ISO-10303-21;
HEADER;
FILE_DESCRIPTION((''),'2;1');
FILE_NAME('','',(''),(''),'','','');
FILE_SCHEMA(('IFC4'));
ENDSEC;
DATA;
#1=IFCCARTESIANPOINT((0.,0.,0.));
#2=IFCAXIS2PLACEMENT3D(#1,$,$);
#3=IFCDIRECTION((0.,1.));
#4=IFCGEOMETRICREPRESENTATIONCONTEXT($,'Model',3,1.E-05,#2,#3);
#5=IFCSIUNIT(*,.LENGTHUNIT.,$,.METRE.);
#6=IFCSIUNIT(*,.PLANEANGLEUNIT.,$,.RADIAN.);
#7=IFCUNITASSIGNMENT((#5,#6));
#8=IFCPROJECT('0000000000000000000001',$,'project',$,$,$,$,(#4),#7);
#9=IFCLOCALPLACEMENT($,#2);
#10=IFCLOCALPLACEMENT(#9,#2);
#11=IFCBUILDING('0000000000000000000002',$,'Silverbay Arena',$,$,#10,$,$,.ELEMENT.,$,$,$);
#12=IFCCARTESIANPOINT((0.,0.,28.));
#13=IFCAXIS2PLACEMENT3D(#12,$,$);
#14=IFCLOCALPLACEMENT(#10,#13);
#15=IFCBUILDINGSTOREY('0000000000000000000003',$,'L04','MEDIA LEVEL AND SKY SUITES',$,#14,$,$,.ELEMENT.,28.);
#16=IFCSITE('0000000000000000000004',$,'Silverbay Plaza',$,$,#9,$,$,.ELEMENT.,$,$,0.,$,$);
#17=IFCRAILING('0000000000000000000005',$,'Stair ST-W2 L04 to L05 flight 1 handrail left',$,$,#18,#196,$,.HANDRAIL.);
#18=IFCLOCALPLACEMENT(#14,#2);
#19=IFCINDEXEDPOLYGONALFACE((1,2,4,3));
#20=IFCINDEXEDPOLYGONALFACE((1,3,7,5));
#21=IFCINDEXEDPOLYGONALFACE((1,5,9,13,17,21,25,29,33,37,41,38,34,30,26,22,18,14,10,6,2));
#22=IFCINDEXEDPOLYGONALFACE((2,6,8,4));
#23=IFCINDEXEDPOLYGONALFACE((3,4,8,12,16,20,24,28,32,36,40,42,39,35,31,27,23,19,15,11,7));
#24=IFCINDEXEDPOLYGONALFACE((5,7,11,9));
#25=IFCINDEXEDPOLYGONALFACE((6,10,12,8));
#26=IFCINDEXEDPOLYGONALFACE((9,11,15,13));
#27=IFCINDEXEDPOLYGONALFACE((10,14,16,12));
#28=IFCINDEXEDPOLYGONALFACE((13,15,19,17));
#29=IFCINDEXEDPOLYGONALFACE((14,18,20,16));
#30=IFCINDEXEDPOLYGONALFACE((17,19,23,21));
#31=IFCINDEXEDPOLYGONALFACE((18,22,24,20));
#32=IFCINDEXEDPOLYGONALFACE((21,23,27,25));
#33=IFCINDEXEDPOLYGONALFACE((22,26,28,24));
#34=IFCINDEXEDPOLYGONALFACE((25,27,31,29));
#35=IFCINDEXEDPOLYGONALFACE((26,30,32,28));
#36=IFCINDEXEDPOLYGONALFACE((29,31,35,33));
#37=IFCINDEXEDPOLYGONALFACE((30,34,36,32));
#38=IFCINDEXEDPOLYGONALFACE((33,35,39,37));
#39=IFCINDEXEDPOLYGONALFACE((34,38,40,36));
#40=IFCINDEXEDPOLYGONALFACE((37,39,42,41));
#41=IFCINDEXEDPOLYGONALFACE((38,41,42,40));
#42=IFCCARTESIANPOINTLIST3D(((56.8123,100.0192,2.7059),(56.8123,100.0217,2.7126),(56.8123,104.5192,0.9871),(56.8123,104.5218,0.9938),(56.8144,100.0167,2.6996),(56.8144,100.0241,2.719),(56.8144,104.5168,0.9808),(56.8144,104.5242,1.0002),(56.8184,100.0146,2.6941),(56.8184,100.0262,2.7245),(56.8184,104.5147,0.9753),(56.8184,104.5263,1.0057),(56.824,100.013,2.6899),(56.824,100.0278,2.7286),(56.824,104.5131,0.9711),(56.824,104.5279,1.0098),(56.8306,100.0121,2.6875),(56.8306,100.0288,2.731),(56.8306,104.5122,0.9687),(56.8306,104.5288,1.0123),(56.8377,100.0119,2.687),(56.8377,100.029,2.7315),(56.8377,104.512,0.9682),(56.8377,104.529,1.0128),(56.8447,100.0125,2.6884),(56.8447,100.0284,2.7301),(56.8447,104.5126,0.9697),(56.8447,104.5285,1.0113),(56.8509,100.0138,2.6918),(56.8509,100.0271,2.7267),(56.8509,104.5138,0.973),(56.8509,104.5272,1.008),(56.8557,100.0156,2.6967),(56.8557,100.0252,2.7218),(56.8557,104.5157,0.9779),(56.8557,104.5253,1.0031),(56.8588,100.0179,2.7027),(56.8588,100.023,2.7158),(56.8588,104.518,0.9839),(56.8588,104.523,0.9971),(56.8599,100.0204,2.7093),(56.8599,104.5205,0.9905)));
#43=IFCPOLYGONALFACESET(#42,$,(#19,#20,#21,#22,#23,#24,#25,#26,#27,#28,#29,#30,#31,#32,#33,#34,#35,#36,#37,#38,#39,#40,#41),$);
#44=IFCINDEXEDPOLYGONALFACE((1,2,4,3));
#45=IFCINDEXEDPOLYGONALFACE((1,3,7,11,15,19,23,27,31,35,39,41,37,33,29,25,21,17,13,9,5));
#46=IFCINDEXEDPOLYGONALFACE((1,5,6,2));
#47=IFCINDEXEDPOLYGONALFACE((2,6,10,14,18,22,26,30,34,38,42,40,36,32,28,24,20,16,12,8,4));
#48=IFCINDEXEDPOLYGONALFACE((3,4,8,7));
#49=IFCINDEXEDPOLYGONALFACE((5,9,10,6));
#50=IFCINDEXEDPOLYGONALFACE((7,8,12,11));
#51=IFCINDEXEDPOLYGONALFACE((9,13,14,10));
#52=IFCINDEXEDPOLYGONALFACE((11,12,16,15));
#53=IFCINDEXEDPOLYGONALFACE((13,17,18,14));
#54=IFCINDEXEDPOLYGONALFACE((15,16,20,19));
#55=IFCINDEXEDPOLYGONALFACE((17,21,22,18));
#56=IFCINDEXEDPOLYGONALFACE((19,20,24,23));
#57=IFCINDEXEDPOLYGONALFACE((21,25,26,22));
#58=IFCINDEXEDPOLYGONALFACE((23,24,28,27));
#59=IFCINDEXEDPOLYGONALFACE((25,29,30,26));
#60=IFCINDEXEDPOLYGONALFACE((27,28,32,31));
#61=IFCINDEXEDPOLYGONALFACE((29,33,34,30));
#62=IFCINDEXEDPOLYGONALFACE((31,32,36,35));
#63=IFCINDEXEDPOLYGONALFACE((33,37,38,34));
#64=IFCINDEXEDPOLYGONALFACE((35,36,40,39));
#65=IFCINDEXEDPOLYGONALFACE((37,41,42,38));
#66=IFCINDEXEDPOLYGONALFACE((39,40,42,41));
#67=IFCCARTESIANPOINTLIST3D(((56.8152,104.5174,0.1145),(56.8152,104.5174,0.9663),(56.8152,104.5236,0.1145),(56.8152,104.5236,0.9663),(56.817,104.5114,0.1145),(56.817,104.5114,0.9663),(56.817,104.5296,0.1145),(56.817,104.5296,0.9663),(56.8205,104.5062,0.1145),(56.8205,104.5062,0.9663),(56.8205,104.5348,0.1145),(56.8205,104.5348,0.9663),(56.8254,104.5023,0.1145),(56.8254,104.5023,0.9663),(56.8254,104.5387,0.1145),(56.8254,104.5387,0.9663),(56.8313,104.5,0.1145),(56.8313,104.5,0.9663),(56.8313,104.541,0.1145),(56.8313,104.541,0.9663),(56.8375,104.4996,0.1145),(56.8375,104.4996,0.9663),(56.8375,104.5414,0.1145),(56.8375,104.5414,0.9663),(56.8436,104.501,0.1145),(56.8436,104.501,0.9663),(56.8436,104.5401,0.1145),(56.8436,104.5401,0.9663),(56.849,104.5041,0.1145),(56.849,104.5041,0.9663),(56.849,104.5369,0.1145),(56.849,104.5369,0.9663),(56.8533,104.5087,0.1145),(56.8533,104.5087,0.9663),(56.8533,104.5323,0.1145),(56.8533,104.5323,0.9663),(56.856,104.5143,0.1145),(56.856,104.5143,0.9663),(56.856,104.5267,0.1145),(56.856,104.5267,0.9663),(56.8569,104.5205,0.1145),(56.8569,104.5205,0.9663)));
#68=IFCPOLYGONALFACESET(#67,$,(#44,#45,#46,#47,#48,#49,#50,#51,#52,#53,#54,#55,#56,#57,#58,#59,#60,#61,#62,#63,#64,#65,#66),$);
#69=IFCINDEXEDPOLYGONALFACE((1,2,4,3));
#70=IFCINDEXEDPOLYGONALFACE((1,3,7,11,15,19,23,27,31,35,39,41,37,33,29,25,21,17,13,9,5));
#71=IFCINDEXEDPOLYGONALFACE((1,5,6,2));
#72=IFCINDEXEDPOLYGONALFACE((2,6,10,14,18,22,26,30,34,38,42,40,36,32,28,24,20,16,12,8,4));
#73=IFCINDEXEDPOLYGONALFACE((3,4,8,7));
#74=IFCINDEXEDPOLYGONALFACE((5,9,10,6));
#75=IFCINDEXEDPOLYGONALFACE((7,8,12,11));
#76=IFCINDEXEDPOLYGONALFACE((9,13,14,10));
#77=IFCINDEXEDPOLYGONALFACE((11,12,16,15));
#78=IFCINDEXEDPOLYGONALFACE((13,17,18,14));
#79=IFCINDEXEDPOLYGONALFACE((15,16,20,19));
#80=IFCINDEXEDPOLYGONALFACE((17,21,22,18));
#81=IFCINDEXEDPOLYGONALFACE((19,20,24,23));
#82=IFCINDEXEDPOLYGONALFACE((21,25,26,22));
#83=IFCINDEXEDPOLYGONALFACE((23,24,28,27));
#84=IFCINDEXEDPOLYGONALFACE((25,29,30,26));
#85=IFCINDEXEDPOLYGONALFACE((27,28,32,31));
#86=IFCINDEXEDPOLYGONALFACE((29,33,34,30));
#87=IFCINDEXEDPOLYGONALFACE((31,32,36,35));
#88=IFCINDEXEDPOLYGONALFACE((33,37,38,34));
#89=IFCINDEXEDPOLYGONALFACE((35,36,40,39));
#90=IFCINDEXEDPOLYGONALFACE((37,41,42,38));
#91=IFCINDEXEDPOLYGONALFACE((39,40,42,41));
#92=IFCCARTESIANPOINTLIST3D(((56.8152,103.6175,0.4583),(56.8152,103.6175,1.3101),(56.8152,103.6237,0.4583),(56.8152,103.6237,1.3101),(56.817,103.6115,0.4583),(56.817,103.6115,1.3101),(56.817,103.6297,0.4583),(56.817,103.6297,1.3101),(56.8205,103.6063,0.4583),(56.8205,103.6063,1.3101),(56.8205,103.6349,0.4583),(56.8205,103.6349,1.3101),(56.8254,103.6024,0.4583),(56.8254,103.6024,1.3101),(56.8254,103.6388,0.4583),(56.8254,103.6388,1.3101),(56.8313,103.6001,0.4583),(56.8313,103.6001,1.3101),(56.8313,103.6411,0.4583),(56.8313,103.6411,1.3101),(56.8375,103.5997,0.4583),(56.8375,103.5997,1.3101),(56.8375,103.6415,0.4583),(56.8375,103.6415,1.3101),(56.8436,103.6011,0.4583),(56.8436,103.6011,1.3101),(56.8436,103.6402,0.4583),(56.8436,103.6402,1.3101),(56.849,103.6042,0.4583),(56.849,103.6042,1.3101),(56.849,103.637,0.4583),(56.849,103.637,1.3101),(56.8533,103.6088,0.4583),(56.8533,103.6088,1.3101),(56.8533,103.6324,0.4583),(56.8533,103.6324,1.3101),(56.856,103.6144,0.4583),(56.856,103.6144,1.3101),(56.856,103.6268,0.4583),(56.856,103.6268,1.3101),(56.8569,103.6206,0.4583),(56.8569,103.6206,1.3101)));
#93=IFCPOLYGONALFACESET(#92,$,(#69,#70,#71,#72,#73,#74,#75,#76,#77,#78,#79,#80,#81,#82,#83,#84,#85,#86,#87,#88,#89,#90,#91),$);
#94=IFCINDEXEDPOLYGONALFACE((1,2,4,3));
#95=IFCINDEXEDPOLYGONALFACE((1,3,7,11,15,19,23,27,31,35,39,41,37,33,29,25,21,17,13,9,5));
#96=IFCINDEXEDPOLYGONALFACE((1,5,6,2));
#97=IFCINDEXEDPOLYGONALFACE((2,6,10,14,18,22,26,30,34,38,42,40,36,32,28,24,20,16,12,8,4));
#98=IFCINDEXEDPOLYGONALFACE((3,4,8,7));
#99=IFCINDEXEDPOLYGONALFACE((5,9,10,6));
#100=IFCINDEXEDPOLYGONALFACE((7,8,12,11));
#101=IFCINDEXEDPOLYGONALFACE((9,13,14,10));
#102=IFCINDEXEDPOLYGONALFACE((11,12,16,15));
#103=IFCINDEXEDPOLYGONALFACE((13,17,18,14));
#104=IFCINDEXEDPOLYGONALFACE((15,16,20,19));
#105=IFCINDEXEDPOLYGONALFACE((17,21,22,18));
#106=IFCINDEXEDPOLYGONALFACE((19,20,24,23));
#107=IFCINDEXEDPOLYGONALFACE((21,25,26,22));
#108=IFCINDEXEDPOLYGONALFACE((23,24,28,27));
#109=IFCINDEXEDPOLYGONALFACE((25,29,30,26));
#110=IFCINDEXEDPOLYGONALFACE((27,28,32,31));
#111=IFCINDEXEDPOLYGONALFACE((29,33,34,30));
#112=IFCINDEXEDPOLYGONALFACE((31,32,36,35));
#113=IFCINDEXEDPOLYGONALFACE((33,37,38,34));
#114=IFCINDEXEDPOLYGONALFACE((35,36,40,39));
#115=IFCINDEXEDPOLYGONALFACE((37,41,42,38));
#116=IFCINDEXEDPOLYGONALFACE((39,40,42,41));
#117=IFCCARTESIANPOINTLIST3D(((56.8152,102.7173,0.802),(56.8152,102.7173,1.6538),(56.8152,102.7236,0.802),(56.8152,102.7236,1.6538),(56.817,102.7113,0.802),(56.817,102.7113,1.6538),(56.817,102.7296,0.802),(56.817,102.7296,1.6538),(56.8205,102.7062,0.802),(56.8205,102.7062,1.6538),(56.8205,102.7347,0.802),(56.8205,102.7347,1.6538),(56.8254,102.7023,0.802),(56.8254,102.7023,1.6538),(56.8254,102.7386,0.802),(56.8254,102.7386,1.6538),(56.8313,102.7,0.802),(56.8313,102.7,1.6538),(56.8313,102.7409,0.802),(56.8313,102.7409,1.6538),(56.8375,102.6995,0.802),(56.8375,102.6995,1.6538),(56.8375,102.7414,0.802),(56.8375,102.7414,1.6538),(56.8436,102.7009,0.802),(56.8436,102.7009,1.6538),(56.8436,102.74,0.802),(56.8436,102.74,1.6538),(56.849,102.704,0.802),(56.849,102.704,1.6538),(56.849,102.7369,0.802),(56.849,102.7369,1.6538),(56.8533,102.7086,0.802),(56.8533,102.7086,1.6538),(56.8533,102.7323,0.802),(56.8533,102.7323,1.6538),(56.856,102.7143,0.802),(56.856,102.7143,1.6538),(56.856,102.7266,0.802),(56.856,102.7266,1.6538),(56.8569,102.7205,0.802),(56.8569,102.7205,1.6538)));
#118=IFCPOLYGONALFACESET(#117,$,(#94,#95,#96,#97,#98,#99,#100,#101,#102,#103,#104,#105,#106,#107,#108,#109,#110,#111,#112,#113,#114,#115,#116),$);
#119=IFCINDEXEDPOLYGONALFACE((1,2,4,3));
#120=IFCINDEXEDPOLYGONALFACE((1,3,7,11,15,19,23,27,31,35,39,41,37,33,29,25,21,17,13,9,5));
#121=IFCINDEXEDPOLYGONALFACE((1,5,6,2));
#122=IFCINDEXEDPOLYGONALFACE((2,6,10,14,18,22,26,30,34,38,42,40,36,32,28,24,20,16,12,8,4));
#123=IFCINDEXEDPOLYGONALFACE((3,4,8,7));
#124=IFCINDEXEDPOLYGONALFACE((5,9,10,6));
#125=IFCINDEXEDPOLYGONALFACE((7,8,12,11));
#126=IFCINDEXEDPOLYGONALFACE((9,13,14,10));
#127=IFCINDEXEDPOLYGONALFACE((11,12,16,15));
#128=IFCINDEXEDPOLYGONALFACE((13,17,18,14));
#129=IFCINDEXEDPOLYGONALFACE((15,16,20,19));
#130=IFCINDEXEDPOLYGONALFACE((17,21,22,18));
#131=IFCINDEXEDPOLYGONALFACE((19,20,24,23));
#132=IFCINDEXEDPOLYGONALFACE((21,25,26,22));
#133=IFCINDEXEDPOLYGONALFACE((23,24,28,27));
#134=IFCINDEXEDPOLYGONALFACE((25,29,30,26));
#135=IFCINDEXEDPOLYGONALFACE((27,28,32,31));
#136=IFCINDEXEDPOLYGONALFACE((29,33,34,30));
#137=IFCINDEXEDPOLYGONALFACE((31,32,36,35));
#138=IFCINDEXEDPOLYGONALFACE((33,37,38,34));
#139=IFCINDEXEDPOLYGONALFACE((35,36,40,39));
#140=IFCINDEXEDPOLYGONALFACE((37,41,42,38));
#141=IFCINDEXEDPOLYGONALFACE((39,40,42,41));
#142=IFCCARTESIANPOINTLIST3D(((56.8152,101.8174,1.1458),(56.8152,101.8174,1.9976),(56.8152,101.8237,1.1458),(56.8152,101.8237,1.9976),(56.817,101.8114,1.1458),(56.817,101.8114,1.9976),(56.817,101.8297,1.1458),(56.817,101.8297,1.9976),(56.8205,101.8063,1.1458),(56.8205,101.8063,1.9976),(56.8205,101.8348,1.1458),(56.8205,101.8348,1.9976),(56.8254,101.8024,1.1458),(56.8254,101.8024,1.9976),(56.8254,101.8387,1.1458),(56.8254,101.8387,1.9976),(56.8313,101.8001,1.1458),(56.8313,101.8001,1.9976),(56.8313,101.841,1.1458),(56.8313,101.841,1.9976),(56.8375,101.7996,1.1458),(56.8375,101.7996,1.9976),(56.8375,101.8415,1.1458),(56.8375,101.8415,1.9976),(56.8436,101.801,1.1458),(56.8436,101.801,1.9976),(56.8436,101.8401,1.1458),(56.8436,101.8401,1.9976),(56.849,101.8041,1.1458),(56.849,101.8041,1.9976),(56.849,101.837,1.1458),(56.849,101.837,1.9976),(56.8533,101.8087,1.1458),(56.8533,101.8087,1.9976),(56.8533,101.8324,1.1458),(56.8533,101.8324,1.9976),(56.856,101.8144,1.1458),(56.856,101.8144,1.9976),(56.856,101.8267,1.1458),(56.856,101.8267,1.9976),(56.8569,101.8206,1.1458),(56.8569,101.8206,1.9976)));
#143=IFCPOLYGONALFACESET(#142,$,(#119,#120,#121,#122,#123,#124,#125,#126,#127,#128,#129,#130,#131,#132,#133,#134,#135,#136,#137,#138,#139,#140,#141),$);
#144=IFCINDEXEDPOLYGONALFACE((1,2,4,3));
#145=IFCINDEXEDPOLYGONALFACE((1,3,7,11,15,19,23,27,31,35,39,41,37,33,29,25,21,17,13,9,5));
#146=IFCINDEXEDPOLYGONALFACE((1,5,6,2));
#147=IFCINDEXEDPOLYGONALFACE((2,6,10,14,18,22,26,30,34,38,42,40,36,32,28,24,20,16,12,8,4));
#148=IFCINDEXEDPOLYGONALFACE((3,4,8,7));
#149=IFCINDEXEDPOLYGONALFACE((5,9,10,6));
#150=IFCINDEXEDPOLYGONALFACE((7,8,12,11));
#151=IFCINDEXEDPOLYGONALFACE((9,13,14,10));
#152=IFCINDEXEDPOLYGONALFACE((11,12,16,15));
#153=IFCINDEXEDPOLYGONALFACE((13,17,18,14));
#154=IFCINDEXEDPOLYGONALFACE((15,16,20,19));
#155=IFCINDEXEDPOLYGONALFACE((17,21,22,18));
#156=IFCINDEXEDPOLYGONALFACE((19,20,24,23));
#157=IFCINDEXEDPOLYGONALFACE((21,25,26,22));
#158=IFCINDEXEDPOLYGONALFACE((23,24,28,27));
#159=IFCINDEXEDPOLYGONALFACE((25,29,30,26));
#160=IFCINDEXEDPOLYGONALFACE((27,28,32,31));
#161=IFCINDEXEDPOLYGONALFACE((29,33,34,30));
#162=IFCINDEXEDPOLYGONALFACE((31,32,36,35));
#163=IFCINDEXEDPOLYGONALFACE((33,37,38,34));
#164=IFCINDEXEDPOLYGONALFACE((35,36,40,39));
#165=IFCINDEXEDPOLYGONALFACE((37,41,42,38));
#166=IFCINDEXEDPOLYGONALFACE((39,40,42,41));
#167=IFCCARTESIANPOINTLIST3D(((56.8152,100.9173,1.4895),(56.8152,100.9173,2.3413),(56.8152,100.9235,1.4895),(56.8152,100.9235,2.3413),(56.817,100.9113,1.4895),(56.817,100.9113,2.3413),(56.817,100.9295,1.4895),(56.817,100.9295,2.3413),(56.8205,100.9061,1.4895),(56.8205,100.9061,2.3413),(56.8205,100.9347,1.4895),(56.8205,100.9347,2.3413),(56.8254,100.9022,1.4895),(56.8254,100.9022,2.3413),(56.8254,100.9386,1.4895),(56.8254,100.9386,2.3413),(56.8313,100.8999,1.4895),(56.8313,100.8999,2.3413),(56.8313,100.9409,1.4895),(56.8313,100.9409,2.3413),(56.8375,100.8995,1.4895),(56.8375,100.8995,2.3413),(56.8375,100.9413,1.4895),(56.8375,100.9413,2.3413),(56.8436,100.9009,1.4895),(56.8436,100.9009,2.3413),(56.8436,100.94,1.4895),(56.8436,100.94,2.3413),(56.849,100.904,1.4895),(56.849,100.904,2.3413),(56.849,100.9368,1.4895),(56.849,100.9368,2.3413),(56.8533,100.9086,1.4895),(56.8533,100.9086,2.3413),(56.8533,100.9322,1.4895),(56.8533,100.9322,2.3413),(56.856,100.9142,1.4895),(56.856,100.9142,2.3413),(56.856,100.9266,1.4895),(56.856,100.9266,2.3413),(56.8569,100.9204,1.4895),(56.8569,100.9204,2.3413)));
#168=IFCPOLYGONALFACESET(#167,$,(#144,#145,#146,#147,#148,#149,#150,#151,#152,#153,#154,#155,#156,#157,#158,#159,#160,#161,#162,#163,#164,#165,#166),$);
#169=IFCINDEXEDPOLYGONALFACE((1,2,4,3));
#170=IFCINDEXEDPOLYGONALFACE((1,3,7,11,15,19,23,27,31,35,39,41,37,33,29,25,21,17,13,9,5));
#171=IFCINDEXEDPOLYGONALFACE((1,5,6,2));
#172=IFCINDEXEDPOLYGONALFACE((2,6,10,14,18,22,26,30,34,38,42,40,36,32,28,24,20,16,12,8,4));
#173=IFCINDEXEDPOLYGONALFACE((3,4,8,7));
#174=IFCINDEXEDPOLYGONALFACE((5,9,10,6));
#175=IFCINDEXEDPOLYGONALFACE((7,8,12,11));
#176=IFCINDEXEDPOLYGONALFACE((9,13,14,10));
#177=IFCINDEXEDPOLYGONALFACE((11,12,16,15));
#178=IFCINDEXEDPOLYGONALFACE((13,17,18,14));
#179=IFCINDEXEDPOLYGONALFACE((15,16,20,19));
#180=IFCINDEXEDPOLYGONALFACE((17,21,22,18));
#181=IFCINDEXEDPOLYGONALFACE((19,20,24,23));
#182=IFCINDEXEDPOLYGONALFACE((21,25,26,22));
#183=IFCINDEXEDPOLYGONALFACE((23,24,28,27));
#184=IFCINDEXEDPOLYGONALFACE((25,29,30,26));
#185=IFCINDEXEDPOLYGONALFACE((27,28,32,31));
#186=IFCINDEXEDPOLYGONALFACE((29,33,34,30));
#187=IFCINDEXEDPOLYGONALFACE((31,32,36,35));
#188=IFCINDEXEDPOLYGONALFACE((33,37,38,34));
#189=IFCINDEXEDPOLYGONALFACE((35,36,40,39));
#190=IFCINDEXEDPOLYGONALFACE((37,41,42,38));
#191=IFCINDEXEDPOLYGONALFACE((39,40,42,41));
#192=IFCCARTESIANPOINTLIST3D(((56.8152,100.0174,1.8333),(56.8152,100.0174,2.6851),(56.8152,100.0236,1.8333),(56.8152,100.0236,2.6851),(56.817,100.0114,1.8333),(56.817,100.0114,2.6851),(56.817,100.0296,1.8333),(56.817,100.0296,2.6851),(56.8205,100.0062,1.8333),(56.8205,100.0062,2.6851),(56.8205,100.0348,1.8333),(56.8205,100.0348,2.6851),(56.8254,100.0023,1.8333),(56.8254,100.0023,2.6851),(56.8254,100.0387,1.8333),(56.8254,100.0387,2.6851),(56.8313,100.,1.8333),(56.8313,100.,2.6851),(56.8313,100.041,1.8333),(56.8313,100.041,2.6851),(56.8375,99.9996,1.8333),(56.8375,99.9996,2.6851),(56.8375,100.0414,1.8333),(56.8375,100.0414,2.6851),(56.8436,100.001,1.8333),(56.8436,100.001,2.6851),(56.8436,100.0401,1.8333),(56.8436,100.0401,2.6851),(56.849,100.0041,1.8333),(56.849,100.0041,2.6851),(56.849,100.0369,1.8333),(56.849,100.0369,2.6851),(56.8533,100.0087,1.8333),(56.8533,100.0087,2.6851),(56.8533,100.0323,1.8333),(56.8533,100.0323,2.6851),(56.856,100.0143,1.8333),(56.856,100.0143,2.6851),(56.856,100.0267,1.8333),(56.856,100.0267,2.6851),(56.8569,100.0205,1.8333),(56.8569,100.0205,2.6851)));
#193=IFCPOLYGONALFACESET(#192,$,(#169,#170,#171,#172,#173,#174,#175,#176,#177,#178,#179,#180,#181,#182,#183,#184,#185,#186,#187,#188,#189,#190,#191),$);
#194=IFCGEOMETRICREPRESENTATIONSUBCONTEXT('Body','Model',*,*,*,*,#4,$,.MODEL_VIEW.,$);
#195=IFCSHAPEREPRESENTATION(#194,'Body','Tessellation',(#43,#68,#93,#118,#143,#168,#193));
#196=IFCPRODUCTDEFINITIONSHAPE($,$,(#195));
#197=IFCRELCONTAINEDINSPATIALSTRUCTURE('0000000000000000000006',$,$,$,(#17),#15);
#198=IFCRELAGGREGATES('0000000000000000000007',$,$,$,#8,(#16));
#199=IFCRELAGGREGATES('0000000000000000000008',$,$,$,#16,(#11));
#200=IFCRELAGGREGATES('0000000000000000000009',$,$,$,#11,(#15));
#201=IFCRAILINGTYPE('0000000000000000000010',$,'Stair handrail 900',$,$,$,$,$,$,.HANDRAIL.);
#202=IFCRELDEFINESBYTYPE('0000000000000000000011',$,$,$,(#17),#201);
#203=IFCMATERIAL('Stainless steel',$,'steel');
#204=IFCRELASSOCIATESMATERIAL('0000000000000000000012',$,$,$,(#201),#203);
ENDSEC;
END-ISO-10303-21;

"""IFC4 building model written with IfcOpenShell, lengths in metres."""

from ifc_helpers import new_model, si_unit, direction, frame, origin, origin_2d, place, context, subcontext, project, spatial, circle, extrude, material, type_object, element, save


model = new_model("IFC4")

# Units and contexts
model_context = context("Model", 3, precision=1e-05, world=origin(), true_north=direction((0.0, 1.0)))
body_context = subcontext(model_context, "Body", "Model", "MODEL_VIEW")
ifc_project = project(units=[si_unit("LENGTHUNIT", "METRE"), si_unit("PLANEANGLEUNIT", "RADIAN")], contexts=[model_context])

# Site, building, storey
site_placement = place(None, origin())
site = spatial("IfcSite", under=ifc_project, at=site_placement, Name="Silverbay Plaza", CompositionType="ELEMENT", RefElevation=0.0)
building_placement = place(site_placement, origin())
building = spatial("IfcBuilding", under=site, at=building_placement, Name="Silverbay Arena", CompositionType="ELEMENT")
storey_placement = place(building_placement, frame((0.0, 0.0, 28.0)))
storey = spatial("IfcBuildingStorey", under=building, at=storey_placement, Name="L04", Description="MEDIA LEVEL AND SKY SUITES", CompositionType="ELEMENT", Elevation=28.0)

# Railing
ifc_material_1 = material(Name="Stainless steel", Category="steel")
railing_type_1 = type_object("IfcRailingType", Name="Stair handrail 900", PredefinedType="HANDRAIL", material=ifc_material_1)
railing_1_placement = place(storey_placement, frame((56.8359, 104.5205, 0.1145)))
element("IfcRailing", 1, at=railing_1_placement, inside=storey, type_object=railing_type_1, Name="Stair ST-W2 L04 to L05 flight 1 handrail left", PredefinedType="HANDRAIL", context=body_context, shape_type="SweptSolid", body=[
    extrude(circle(Radius=0.0239, at=origin_2d()), frame((0.0, 0.0, 0.876), z_axis=(0.0, -0.934179, 0.356805), x_axis=(1.0, 0.0, 0.0)), (0.0, 0.0, 1.0), 4.8171),
    extrude(circle(Radius=0.021, at=origin_2d()), origin(), (0.0, 0.0, 1.0), 0.8518),
    extrude(circle(Radius=0.021, at=origin_2d()), frame((0.0, -0.8999, 0.3438)), (0.0, 0.0, 1.0), 0.8518),
    extrude(circle(Radius=0.021, at=origin_2d()), frame((0.0, -1.8, 0.6875)), (0.0, 0.0, 1.0), 0.8518),
    extrude(circle(Radius=0.021, at=origin_2d()), frame((0.0, -2.7, 1.0312)), (0.0, 0.0, 1.0), 0.8518),
    extrude(circle(Radius=0.021, at=origin_2d()), frame((0.0, -3.6001, 1.375)), (0.0, 0.0, 1.0), 0.8518),
    extrude(circle(Radius=0.021, at=origin_2d()), frame((0.0, -4.5, 1.7188)), (0.0, 0.0, 1.0), 0.8518),
])

save(model, "model.ifc")
